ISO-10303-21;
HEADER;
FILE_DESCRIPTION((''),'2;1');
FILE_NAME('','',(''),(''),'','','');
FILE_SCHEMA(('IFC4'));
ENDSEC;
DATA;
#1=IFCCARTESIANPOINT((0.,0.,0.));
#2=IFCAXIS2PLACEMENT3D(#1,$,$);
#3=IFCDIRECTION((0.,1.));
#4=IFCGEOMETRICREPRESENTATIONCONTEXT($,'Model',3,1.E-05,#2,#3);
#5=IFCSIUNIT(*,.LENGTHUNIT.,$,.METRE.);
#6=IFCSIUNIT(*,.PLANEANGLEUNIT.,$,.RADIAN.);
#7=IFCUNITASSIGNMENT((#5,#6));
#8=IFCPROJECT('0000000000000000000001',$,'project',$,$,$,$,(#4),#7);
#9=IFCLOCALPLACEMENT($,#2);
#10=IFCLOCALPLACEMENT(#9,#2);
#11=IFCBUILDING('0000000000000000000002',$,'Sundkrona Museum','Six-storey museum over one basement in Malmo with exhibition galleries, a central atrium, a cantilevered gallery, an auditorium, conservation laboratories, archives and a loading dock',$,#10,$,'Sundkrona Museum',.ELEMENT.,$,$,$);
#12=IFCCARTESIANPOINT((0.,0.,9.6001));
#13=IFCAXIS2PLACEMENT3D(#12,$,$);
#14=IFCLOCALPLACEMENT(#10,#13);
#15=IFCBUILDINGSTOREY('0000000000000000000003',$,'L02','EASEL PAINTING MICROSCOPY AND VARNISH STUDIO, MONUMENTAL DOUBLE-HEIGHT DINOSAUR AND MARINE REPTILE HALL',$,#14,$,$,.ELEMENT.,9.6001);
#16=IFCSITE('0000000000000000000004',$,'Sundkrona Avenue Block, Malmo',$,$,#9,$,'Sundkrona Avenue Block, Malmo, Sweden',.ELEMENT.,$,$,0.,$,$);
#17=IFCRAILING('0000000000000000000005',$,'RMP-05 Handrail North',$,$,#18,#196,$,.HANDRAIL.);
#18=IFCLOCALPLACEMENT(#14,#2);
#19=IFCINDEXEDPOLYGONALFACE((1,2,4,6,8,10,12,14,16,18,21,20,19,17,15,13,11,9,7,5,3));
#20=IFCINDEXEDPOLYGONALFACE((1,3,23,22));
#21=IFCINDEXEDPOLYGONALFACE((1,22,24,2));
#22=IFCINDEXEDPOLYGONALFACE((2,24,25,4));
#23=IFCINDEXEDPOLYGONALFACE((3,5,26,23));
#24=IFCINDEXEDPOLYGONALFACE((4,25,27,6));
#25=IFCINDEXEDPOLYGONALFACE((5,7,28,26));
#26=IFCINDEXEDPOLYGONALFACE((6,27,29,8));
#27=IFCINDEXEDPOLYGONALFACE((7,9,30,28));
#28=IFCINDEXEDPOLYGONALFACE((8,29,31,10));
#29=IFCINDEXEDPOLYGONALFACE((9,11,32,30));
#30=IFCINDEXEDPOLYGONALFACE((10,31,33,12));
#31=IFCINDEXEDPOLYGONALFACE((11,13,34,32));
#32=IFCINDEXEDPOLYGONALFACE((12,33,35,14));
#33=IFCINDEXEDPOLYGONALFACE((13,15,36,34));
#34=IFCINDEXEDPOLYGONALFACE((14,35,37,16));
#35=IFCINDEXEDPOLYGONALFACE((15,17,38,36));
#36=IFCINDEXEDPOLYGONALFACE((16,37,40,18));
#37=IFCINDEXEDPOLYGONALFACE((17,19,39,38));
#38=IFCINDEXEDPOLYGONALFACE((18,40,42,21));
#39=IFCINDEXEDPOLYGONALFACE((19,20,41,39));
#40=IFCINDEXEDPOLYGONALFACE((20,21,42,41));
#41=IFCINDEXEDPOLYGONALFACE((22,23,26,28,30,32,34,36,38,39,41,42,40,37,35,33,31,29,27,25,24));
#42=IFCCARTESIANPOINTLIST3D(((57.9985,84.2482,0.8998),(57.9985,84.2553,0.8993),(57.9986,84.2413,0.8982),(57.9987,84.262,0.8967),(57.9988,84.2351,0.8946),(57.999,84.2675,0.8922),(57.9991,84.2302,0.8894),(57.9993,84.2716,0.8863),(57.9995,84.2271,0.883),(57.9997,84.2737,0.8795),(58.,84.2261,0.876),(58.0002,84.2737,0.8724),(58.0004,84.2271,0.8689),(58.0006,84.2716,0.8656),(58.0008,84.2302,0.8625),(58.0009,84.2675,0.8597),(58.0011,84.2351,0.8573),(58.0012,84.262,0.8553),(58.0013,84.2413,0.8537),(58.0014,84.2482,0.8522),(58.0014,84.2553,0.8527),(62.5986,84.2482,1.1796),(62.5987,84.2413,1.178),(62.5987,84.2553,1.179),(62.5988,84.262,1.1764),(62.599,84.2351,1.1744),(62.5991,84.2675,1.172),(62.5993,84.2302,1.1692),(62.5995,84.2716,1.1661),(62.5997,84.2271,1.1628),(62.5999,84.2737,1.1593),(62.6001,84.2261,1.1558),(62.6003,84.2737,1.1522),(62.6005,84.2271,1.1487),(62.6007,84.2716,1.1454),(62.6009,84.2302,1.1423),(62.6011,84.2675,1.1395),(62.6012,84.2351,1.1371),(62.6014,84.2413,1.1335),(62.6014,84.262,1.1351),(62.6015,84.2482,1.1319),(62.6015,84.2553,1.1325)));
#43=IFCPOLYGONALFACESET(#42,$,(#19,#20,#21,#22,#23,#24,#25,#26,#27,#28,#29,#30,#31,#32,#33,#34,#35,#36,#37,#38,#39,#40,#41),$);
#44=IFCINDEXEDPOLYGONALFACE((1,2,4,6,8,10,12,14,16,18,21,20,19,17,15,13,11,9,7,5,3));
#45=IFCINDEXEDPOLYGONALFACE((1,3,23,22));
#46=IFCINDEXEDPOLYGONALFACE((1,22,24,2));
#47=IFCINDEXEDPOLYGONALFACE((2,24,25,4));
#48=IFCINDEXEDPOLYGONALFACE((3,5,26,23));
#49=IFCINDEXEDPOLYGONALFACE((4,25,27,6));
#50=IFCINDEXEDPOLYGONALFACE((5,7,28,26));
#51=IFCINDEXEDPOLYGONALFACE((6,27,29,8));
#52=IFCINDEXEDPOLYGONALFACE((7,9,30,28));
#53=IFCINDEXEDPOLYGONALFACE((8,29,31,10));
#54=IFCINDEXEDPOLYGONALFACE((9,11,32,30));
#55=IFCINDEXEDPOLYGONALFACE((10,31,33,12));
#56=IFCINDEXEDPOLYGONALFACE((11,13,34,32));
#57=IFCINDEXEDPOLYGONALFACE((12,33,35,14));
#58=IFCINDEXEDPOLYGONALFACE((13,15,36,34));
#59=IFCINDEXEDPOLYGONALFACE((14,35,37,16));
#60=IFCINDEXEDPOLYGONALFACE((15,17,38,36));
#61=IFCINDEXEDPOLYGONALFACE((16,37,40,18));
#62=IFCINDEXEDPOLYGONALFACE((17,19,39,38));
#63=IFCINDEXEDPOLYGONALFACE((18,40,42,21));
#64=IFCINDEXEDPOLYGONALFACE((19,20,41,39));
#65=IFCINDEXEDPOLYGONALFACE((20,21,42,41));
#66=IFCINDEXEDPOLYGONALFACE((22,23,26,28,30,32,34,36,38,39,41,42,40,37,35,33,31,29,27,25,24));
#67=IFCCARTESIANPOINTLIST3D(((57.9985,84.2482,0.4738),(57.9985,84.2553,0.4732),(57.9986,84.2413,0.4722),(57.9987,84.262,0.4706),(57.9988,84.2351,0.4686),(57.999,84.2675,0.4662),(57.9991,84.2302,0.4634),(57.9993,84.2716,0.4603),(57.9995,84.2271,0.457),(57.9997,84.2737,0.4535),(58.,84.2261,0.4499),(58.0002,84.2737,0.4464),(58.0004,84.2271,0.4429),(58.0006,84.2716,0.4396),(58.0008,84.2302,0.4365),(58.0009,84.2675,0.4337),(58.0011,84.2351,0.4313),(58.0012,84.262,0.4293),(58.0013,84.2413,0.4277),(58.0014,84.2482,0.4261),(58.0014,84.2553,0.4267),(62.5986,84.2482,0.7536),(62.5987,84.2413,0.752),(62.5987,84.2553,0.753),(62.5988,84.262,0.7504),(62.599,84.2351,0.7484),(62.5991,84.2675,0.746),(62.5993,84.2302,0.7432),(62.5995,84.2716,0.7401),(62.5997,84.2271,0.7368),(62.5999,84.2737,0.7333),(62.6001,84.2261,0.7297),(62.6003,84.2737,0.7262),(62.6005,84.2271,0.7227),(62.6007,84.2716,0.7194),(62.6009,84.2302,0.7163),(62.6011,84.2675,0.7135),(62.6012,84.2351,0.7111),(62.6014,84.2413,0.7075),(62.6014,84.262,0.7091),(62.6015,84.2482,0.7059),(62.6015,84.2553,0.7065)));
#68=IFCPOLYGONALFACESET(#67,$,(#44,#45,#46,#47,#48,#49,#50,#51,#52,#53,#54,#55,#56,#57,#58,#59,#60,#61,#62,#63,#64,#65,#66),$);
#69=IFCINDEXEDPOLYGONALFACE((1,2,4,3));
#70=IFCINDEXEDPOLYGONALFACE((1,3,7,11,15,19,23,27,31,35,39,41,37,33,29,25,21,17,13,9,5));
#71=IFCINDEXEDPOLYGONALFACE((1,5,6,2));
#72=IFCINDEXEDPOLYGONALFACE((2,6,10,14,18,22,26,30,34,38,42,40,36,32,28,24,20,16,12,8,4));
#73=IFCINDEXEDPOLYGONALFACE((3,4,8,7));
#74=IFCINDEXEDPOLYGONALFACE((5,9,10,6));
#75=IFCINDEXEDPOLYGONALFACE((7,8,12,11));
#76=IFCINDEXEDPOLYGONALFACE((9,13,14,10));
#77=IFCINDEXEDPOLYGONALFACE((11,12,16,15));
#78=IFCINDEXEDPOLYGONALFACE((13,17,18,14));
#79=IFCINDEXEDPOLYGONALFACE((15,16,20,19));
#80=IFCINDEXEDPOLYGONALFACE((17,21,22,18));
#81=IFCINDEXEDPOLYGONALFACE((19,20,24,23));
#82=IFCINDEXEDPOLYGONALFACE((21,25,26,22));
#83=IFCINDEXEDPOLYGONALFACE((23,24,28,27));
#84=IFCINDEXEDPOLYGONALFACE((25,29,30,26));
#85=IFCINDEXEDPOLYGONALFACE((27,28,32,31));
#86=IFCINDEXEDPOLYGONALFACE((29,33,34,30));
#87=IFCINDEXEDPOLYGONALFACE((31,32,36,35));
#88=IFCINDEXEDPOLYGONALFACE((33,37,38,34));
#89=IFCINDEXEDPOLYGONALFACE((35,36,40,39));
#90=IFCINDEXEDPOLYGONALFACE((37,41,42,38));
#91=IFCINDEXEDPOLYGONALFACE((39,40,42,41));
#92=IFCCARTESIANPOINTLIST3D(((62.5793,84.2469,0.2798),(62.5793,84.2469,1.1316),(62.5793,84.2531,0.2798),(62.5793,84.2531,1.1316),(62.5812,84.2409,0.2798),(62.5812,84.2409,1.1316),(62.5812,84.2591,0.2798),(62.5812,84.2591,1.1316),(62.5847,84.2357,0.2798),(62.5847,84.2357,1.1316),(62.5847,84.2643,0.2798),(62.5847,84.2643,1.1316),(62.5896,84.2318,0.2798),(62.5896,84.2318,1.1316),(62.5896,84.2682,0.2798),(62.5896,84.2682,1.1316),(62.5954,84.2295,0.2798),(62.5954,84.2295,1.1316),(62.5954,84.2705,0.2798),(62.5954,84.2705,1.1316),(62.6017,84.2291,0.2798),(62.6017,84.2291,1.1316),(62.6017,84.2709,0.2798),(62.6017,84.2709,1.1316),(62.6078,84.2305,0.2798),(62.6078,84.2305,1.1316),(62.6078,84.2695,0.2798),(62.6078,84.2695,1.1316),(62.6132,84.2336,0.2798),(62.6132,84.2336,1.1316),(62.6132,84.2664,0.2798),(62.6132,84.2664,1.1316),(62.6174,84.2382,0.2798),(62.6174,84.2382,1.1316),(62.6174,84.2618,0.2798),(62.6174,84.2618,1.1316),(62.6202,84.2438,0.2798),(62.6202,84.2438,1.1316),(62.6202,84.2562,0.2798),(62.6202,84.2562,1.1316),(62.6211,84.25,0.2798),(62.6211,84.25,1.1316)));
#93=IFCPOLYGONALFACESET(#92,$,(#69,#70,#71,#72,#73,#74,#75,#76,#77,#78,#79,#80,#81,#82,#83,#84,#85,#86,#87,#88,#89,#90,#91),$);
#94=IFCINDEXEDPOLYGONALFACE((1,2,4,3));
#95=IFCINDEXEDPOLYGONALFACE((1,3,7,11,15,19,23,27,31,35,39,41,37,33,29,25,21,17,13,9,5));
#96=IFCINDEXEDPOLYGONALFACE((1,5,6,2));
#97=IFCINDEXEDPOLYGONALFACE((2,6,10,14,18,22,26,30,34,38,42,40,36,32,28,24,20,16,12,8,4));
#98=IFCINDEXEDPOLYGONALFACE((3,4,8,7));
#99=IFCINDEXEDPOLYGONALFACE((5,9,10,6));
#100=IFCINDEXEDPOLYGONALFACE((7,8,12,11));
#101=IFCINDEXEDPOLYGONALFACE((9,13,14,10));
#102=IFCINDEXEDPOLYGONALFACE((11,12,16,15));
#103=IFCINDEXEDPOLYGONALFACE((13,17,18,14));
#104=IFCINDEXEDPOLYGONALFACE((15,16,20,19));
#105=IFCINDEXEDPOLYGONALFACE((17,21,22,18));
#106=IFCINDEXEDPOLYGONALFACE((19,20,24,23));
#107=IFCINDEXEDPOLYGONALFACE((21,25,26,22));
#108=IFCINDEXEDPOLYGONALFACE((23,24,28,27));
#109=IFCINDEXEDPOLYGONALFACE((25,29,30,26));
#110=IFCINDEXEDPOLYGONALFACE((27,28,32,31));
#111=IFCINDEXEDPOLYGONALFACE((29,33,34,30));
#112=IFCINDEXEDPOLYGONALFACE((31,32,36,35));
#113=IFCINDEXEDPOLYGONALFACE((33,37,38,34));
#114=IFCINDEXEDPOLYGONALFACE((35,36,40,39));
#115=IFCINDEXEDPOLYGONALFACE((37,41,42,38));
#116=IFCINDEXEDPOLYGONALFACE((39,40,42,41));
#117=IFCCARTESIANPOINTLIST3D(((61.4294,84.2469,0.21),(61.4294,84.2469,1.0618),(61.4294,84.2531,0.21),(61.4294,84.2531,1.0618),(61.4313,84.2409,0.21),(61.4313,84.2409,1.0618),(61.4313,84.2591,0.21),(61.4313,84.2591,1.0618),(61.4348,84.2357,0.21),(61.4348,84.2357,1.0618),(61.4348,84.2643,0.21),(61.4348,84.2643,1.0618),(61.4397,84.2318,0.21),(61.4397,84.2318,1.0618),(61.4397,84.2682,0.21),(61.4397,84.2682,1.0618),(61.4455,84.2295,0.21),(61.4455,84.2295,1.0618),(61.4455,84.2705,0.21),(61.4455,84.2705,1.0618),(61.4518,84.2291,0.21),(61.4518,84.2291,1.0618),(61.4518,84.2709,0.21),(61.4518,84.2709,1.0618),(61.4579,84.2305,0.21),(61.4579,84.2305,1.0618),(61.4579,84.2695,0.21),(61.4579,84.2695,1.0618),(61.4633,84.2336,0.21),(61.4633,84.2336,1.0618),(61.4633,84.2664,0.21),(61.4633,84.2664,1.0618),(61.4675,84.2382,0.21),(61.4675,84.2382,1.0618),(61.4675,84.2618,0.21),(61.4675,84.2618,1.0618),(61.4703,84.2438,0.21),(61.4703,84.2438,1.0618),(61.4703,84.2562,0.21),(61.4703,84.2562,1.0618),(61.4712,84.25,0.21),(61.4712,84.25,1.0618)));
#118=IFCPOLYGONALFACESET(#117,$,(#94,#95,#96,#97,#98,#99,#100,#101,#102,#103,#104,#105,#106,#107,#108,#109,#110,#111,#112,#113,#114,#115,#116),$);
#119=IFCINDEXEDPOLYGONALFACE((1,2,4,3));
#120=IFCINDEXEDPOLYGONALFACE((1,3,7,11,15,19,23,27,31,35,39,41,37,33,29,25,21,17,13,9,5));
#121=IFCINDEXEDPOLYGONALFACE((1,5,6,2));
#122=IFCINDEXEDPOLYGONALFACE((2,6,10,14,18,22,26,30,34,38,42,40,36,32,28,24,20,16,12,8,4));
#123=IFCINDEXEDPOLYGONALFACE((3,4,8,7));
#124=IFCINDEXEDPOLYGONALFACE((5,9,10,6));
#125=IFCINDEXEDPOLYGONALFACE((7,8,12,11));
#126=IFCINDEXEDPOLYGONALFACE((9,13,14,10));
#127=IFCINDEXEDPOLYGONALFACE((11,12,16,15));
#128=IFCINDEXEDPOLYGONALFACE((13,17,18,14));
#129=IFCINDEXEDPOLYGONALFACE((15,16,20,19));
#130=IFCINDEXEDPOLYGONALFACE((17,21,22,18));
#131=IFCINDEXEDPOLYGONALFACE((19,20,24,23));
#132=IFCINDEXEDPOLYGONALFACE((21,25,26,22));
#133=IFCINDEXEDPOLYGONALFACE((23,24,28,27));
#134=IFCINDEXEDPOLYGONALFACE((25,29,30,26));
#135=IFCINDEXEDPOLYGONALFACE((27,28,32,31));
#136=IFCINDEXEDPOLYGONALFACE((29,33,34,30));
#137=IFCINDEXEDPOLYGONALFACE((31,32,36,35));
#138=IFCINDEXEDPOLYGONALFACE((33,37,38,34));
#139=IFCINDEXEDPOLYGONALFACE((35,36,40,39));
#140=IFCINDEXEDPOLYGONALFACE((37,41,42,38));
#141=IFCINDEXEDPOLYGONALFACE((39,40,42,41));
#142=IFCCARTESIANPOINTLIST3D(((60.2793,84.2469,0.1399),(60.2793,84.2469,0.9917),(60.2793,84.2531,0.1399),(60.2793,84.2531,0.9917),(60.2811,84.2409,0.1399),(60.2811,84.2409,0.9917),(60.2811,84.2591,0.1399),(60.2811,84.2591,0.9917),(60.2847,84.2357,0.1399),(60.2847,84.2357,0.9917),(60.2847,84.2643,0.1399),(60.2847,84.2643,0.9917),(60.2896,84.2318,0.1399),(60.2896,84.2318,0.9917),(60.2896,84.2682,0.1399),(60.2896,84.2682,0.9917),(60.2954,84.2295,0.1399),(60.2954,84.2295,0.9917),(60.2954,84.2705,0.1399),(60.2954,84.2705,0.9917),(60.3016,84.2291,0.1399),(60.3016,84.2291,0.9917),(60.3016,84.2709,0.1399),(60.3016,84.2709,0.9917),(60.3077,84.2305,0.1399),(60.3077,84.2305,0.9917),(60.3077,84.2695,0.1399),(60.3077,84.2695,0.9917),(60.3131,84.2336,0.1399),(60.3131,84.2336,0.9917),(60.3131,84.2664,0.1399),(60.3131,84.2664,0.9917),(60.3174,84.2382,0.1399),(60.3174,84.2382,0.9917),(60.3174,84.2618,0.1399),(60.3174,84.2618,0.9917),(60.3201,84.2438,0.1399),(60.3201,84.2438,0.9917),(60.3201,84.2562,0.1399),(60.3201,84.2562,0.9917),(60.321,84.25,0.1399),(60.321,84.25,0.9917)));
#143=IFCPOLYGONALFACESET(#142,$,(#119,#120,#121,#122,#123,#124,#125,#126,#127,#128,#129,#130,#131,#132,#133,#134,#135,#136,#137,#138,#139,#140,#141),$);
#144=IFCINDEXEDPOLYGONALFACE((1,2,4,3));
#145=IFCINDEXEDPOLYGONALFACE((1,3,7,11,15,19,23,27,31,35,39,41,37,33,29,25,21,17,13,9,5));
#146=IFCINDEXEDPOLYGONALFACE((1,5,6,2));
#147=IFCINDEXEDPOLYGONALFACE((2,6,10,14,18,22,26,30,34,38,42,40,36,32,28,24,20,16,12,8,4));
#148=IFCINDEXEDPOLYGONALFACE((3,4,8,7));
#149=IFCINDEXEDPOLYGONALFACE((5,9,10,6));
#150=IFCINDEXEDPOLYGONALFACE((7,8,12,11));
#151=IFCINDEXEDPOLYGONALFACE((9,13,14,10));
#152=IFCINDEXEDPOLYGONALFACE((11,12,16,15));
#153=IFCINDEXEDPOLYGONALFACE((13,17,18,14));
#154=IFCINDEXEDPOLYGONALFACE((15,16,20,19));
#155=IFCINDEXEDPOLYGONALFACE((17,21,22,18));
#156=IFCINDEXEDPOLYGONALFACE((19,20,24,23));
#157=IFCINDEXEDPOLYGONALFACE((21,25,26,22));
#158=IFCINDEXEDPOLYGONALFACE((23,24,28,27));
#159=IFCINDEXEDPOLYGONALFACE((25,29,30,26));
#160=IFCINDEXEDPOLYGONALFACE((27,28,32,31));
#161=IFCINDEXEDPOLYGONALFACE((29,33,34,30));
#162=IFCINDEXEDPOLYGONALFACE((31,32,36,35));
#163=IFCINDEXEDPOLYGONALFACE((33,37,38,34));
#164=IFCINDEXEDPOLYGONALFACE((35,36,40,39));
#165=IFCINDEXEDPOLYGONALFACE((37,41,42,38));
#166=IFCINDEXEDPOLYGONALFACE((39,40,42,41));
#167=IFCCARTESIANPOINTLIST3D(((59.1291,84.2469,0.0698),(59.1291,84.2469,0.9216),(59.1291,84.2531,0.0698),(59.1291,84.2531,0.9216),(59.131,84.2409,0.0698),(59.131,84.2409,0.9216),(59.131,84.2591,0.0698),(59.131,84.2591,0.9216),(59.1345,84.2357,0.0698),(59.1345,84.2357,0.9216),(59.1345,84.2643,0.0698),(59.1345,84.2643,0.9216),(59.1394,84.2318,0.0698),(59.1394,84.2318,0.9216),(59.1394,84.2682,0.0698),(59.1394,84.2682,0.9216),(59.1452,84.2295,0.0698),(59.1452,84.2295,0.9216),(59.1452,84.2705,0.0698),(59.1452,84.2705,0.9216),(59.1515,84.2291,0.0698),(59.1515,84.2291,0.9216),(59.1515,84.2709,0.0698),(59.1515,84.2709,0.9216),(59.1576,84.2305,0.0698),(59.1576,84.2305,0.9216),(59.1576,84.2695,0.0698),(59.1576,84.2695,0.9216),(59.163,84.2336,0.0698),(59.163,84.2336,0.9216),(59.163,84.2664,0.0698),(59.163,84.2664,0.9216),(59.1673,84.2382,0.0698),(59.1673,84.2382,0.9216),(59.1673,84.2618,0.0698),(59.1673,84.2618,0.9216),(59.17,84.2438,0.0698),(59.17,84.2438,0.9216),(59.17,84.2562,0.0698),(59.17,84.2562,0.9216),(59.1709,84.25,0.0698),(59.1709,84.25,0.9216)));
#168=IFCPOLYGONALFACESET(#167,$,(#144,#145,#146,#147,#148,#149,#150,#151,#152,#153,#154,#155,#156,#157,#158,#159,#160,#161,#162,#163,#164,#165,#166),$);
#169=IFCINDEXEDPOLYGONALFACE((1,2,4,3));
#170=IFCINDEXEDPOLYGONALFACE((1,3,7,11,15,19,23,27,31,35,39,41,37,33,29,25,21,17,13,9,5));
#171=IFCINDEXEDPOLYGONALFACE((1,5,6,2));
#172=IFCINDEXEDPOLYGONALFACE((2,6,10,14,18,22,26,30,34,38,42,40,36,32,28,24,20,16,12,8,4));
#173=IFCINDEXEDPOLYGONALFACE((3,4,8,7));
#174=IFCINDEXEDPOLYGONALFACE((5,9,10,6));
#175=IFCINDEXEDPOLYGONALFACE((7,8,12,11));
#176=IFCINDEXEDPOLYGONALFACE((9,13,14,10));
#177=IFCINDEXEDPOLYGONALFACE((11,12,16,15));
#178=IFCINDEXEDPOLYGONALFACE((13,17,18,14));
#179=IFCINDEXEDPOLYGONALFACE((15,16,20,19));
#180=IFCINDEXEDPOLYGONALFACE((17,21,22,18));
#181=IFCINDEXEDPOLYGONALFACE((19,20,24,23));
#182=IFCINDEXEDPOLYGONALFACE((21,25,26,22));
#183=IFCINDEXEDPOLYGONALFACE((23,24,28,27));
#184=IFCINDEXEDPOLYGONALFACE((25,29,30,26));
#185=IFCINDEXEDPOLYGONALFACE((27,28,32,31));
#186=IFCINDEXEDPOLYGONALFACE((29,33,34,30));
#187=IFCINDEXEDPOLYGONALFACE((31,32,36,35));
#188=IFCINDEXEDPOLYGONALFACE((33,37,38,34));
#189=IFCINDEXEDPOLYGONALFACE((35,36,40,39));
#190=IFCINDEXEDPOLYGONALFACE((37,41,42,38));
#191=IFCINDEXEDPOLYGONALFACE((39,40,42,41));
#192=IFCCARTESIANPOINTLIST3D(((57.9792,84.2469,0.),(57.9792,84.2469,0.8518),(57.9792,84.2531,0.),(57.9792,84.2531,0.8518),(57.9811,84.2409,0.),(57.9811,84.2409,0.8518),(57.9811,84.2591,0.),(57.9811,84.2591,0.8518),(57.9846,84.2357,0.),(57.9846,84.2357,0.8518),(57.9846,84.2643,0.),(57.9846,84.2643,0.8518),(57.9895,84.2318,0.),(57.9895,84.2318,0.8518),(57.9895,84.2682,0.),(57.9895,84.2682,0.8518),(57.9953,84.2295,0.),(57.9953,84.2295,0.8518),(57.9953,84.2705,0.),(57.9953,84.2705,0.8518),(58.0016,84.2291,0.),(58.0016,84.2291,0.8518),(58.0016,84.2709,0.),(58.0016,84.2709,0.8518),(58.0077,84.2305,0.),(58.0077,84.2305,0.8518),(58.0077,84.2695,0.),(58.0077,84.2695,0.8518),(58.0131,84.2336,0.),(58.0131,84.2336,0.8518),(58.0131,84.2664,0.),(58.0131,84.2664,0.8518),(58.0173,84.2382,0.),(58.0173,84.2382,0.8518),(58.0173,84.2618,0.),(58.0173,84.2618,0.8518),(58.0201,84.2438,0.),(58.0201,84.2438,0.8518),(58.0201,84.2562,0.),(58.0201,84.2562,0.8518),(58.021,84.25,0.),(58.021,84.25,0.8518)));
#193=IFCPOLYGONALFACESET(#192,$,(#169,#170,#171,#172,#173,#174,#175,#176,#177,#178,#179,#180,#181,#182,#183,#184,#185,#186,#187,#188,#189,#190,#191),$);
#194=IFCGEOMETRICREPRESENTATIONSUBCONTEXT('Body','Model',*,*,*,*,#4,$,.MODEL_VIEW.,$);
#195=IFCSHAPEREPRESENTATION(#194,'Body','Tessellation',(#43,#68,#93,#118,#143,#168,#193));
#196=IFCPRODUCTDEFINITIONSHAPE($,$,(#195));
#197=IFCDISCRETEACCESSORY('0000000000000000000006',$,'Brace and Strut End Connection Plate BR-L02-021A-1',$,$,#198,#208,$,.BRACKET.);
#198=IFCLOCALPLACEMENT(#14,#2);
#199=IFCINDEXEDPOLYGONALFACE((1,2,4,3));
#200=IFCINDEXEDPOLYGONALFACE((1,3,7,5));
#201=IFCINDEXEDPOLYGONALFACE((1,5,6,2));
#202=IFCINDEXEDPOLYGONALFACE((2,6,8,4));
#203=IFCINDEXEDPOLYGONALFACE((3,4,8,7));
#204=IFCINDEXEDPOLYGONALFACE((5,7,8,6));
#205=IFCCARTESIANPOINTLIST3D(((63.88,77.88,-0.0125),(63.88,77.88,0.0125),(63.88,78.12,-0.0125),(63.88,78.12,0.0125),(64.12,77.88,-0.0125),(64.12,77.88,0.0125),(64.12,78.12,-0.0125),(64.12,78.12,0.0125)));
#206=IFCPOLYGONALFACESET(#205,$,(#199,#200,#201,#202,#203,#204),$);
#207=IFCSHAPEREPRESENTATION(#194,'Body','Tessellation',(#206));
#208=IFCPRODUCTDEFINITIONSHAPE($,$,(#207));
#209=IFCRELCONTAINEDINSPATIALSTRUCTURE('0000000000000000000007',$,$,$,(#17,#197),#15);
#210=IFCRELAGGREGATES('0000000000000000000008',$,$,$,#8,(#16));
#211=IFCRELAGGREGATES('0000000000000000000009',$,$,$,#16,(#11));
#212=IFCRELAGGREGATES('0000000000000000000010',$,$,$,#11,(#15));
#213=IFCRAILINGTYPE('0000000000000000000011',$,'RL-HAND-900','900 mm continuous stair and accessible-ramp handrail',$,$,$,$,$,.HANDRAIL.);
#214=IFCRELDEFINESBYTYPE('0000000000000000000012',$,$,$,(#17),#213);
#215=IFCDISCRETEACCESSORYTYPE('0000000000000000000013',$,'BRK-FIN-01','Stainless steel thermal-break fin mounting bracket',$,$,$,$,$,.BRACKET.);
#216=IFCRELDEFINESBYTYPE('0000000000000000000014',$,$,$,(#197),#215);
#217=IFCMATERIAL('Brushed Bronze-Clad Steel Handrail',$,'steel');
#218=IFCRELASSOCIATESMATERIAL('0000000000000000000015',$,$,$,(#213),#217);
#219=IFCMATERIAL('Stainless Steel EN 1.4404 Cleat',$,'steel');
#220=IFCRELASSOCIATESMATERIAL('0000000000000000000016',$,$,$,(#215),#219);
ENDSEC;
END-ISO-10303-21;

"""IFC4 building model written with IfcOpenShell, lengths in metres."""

from ifc_helpers import new_model, si_unit, direction, frame, origin, origin_2d, place, context, subcontext, project, spatial, rectangle, circle, extrude, material, type_object, element, save


model = new_model("IFC4")

# Units and contexts
model_context = context("Model", 3, precision=1e-05, world=origin(), true_north=direction((0.0, 1.0)))
body_context = subcontext(model_context, "Body", "Model", "MODEL_VIEW")
ifc_project = project(units=[si_unit("LENGTHUNIT", "METRE"), si_unit("PLANEANGLEUNIT", "RADIAN")], contexts=[model_context])

# Site, building, storey
site_placement = place(None, origin())
site = spatial("IfcSite", under=ifc_project, at=site_placement, Name="Sundkrona Avenue Block, Malmo", LongName="Sundkrona Avenue Block, Malmo, Sweden", CompositionType="ELEMENT", RefElevation=0.0)
building_placement = place(site_placement, origin())
building = spatial("IfcBuilding", under=site, at=building_placement, Name="Sundkrona Museum", Description="Six-storey museum over one basement in Malmo with exhibition galleries, a central atrium, a cantilevered gallery, an auditorium, conservation laboratories, archives and a loading dock", LongName="Sundkrona Museum", CompositionType="ELEMENT")
storey_placement = place(building_placement, frame((0.0, 0.0, 9.6001)))
storey = spatial("IfcBuildingStorey", under=building, at=storey_placement, Name="L02", Description="EASEL PAINTING MICROSCOPY AND VARNISH STUDIO, MONUMENTAL DOUBLE-HEIGHT DINOSAUR AND MARINE REPTILE HALL", CompositionType="ELEMENT", Elevation=9.6001)

# Railing
ifc_material_1 = material(Name="Brushed Bronze-Clad Steel Handrail", Category="steel")
railing_type = type_object("IfcRailingType", Name="RL-HAND-900", Description="900 mm continuous stair and accessible-ramp handrail", PredefinedType="HANDRAIL", material=ifc_material_1)
railing_placement = place(storey_placement, frame((62.6001, 84.25, 0.2798)))
element("IfcRailing", 1, at=railing_placement, inside=storey, type_object=railing_type, Name="RMP-05 Handrail North", PredefinedType="HANDRAIL", context=body_context, shape_type="SweptSolid", body=[
    extrude(circle(Radius=0.0239, at=origin_2d()), frame((0.0, 0.0, 0.876), z_axis=(-0.998155, 0.0, -0.060709), x_axis=(0.0, -1.0, 0.0)), (0.0, 0.0, 1.0), 4.6086),
    extrude(circle(Radius=0.0239, at=origin_2d()), frame((0.0, 0.0, 0.45), z_axis=(-0.998155, 0.0, -0.060709), x_axis=(0.0, -1.0, 0.0)), (0.0, 0.0, 1.0), 4.6086),
    extrude(circle(Radius=0.021, at=origin_2d()), origin(), (0.0, 0.0, 1.0), 0.8518),
    extrude(circle(Radius=0.021, at=origin_2d()), frame((-1.1499, 0.0, -0.0698)), (0.0, 0.0, 1.0), 0.8518),
    extrude(circle(Radius=0.021, at=origin_2d()), frame((-2.3, 0.0, -0.1399)), (0.0, 0.0, 1.0), 0.8518),
    extrude(circle(Radius=0.021, at=origin_2d()), frame((-3.4502, 0.0, -0.21)), (0.0, 0.0, 1.0), 0.8518),
    extrude(circle(Radius=0.021, at=origin_2d()), frame((-4.6001, 0.0, -0.2798)), (0.0, 0.0, 1.0), 0.8518),
])

# Discrete accessory
ifc_material_2 = material(Name="Stainless Steel EN 1.4404 Cleat", Category="steel")
discrete_accessory_type = type_object("IfcDiscreteAccessoryType", Name="BRK-FIN-01", Description="Stainless steel thermal-break fin mounting bracket", PredefinedType="BRACKET", material=ifc_material_2)
discrete_accessory_placement = place(storey_placement, frame((64.0, 78.0, -0.0125), z_axis=(0.0, 0.0, 1.0), x_axis=(1.0, 0.0, 0.0)))
element("IfcDiscreteAccessory", 2, at=discrete_accessory_placement, inside=storey, type_object=discrete_accessory_type, Name="Brace and Strut End Connection Plate BR-L02-021A-1", PredefinedType="BRACKET", context=body_context, shape_type="SweptSolid", body=[
    extrude(rectangle(XDim=0.24, YDim=0.24, at=origin_2d()), origin(), (0.0, 0.0, 1.0), 0.0249),
])

save(model, "model.ifc")
